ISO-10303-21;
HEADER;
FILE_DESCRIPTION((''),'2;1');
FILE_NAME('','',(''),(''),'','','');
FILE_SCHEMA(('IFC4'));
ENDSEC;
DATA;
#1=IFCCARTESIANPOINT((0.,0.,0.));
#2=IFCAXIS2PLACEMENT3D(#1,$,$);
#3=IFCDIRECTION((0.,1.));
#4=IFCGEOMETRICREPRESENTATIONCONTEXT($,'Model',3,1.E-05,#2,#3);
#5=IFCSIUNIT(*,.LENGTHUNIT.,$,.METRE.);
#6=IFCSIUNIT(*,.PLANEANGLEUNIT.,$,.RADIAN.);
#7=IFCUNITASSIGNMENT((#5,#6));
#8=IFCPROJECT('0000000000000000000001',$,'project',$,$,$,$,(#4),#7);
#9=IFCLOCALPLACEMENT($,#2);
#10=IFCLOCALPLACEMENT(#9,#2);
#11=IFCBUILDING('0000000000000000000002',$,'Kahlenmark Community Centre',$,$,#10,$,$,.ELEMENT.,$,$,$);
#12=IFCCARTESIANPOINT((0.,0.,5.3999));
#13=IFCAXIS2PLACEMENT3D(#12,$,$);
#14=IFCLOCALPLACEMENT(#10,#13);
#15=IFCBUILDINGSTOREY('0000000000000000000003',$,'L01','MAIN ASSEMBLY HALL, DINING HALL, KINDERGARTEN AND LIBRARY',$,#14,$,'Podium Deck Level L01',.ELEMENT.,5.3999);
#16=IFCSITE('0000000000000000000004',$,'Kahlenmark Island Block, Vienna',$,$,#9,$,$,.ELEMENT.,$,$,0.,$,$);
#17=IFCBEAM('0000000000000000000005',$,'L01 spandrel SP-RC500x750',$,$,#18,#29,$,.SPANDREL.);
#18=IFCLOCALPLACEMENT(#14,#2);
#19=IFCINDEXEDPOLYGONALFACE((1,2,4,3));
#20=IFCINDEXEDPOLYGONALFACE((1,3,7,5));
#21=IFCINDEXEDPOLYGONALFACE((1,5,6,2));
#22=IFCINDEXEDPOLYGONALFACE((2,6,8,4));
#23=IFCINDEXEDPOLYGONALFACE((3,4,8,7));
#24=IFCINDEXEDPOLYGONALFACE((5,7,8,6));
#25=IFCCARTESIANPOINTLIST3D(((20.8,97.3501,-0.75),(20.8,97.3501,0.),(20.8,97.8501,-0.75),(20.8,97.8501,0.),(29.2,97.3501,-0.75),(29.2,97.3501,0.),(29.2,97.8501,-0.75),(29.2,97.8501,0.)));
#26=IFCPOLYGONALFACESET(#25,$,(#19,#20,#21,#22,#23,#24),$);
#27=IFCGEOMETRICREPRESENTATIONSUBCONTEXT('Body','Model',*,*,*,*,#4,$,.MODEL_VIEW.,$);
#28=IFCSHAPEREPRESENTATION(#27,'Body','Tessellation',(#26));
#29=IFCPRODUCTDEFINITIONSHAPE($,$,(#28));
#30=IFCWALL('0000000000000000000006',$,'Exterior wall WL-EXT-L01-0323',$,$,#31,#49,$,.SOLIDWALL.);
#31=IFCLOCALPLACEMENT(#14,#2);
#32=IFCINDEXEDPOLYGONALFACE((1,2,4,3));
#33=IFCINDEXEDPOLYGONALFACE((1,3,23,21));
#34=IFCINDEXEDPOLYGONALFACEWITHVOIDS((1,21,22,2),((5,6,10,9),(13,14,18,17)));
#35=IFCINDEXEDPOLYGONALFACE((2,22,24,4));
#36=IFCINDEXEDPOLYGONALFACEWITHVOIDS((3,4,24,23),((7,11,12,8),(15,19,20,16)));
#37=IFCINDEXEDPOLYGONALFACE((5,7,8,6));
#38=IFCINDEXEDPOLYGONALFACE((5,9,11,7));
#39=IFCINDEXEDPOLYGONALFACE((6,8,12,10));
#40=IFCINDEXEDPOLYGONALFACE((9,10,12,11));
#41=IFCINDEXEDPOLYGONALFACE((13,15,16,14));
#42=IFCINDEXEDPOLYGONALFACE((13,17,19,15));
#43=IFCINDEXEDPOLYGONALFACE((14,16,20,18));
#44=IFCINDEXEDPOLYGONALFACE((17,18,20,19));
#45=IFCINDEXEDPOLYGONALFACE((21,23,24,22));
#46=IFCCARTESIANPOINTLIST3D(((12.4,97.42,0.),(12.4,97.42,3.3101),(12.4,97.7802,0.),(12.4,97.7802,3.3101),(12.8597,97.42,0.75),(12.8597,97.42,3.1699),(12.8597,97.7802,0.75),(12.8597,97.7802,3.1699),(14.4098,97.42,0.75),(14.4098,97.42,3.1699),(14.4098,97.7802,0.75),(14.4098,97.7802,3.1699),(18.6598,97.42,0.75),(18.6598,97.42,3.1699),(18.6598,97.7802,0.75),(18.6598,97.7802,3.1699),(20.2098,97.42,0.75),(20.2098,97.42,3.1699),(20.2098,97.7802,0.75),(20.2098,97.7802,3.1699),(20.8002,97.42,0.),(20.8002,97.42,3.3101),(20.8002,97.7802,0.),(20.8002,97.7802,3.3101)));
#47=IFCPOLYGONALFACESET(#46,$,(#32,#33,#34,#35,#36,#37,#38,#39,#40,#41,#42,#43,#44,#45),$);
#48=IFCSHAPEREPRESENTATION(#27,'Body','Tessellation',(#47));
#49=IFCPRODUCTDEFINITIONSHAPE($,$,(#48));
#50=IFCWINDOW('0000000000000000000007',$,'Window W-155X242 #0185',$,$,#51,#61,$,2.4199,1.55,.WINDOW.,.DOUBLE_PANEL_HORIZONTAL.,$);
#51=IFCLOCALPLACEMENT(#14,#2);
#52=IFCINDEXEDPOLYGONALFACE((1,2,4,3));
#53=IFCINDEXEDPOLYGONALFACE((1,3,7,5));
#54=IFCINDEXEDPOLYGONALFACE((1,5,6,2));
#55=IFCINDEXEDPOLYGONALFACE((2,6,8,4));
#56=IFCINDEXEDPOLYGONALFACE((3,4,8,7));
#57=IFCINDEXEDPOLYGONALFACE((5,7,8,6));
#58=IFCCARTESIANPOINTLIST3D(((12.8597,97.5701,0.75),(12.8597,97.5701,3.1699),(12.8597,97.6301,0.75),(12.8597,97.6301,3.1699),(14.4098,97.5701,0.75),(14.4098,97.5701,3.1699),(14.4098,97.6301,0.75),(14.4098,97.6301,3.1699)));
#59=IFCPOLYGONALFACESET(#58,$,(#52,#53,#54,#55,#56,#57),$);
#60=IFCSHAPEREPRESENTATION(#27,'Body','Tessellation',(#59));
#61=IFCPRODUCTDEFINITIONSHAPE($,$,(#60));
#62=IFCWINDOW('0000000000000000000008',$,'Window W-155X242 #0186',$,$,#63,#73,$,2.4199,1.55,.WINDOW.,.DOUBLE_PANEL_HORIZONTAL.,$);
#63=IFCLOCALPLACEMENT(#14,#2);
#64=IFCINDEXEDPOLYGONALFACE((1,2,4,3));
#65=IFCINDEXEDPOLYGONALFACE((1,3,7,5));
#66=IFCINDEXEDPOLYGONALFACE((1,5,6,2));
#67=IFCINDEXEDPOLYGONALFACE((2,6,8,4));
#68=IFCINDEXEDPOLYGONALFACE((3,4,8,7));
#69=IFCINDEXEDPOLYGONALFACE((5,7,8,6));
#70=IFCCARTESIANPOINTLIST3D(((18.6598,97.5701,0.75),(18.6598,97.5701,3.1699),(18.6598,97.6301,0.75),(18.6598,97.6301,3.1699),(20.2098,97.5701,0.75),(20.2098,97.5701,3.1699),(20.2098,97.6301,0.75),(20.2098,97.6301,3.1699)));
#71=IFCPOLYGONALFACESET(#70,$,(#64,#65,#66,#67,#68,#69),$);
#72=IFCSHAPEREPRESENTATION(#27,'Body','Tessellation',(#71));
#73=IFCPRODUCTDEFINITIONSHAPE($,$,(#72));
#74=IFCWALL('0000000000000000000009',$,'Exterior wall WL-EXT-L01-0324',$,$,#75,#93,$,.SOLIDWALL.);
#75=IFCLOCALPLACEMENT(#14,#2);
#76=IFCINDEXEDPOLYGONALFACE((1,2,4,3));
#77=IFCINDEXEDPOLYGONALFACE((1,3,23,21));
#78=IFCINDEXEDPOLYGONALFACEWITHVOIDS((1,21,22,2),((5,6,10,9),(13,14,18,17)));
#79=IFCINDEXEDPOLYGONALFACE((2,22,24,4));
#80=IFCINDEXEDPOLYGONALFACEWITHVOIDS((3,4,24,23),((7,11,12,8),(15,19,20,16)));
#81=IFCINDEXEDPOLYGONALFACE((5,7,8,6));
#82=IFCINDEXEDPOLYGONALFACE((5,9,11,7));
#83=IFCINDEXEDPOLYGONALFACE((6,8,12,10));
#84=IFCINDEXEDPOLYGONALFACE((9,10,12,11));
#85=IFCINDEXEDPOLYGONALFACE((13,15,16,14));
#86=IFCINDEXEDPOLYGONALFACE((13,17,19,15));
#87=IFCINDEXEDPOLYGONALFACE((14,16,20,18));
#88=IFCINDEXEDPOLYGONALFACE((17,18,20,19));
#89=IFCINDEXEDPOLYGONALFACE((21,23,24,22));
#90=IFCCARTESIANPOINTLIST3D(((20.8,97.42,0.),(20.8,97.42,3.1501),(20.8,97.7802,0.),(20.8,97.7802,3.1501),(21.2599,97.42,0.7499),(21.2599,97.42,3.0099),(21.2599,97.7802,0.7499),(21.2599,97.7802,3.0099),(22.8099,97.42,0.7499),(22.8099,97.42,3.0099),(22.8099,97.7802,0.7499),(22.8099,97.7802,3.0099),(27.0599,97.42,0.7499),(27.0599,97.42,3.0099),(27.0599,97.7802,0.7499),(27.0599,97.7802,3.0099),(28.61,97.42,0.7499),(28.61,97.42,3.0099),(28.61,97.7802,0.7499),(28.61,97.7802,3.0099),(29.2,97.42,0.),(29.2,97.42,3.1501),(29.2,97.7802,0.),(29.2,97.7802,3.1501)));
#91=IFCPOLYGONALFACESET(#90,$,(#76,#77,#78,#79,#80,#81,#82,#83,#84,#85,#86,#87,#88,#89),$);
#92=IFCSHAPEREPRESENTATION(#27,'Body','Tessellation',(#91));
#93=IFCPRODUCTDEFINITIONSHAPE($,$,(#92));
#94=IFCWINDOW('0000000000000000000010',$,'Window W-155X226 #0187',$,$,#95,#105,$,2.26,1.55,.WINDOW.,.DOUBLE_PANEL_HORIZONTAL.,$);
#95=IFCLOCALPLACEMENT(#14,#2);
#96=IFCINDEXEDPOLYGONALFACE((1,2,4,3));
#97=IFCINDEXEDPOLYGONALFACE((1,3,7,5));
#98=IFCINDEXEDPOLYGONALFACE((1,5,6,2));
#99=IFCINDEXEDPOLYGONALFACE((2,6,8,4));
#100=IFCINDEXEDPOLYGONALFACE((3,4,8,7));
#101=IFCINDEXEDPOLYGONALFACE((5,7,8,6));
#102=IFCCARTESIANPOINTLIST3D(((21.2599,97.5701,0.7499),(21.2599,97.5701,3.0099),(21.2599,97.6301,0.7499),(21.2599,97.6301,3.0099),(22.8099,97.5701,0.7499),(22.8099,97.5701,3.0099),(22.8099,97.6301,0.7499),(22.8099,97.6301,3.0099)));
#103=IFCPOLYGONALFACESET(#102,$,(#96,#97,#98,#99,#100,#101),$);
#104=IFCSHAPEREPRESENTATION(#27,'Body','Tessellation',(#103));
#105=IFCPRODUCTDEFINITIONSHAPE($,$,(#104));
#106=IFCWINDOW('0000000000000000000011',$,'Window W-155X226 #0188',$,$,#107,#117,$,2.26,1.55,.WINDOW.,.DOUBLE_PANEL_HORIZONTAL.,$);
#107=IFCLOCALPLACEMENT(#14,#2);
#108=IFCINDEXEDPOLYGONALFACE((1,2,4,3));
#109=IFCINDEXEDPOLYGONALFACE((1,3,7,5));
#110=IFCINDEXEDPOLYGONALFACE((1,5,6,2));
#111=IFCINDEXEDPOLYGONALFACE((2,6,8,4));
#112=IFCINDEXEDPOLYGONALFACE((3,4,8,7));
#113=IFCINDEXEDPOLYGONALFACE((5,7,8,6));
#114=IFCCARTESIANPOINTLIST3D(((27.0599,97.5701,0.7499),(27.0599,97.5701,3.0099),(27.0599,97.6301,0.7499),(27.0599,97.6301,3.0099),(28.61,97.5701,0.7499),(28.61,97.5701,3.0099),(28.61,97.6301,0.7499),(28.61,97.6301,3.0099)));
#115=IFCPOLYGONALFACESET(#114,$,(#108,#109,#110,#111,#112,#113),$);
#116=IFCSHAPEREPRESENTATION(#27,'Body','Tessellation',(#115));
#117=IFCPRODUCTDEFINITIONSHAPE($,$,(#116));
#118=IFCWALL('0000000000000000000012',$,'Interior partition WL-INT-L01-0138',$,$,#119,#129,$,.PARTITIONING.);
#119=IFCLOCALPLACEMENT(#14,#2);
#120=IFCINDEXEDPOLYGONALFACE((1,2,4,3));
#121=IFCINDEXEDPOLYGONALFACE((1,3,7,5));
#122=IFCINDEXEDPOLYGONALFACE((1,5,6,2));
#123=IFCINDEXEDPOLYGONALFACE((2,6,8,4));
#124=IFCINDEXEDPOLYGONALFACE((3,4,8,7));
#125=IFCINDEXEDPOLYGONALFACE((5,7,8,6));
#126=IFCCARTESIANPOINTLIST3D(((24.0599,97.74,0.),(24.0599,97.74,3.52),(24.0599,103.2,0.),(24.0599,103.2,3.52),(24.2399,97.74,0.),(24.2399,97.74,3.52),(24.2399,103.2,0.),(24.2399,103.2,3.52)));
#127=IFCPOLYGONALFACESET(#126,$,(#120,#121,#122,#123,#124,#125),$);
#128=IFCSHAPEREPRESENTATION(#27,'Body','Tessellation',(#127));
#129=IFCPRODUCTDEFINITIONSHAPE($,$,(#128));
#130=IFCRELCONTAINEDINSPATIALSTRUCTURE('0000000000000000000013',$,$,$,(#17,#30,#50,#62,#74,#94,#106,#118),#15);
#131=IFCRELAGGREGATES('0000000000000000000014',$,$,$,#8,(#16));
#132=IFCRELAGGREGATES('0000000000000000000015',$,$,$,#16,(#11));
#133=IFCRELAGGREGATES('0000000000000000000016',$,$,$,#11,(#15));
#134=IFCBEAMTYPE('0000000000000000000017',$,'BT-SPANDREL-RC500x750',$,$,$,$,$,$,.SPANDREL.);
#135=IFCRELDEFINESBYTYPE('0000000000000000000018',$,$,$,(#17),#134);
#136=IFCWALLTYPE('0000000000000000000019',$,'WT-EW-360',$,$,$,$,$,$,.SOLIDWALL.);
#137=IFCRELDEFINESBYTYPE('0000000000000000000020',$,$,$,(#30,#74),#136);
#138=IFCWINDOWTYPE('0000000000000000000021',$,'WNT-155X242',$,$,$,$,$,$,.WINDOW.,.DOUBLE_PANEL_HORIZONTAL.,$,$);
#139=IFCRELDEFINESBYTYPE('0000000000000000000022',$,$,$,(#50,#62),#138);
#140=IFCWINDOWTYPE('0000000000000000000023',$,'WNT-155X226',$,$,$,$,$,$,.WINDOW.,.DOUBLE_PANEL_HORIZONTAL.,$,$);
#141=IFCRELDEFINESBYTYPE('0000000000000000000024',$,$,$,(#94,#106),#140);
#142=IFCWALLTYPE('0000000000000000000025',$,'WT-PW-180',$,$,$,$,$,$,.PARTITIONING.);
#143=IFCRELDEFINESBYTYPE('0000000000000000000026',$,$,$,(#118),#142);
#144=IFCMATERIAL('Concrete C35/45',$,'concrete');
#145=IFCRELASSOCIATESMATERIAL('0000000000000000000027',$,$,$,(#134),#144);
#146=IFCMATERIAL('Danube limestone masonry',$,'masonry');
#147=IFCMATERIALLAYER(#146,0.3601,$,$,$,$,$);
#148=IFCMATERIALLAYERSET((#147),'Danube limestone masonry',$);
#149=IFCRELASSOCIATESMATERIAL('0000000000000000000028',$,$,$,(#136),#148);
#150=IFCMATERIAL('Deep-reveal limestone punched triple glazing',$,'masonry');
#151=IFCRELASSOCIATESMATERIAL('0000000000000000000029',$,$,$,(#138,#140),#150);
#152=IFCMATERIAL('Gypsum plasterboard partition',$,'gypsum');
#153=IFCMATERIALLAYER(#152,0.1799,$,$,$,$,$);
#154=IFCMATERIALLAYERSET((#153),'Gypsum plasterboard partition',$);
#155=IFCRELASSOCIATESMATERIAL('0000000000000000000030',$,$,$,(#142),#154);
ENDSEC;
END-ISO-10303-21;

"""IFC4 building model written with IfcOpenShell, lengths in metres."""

from ifc_helpers import new_model, si_unit, direction, frame, frame_2d, origin, origin_2d, place, context, subcontext, project, spatial, rectangle, extrude, material, layer, layer_set, material_profile, profile_set, type_object, element, fill, save


model = new_model("IFC4")

# Units and contexts
model_context = context("Model", 3, precision=1e-05, world=origin(), true_north=direction((0.0, 1.0)))
body_context = subcontext(model_context, "Body", "Model", "MODEL_VIEW")
ifc_project = project(units=[si_unit("LENGTHUNIT", "METRE"), si_unit("PLANEANGLEUNIT", "RADIAN")], contexts=[model_context])

# Site, building, storey
site_placement = place(None, origin())
site = spatial("IfcSite", under=ifc_project, at=site_placement, Name="Kahlenmark Island Block, Vienna", CompositionType="ELEMENT", RefElevation=0.0)
building_placement = place(site_placement, origin())
building = spatial("IfcBuilding", under=site, at=building_placement, Name="Kahlenmark Community Centre", CompositionType="ELEMENT")
storey_placement = place(building_placement, frame((0.0, 0.0, 5.3999)))
storey = spatial("IfcBuildingStorey", under=building, at=storey_placement, Name="L01", Description="MAIN ASSEMBLY HALL, DINING HALL, KINDERGARTEN AND LIBRARY", LongName="Podium Deck Level L01", CompositionType="ELEMENT", Elevation=5.3999)

# Beam
ifc_material_1 = material(Name="Concrete C35/45", Category="concrete")
ifc_material_profile_1 = material_profile(ifc_material_1, rectangle(XDim=0.5, YDim=0.75, at=origin_2d()), Name="RC 500x750")
ifc_profile_set_1 = profile_set([ifc_material_profile_1], Name="Concrete C35/45")
beam_type_1 = type_object("IfcBeamType", Name="BT-SPANDREL-RC500x750", PredefinedType="SPANDREL", material=ifc_profile_set_1)
beam_1_placement = place(storey_placement, frame((20.8, 97.6001, -0.375), z_axis=(1.0, 0.0, 0.0), x_axis=(0.0, 1.0, 0.0)))
element("IfcBeam", 1, at=beam_1_placement, inside=storey, type_object=beam_type_1, Name="L01 spandrel SP-RC500x750", PredefinedType="SPANDREL", context=body_context, shape_type="SweptSolid", body=[
    extrude(rectangle(XDim=0.5, YDim=0.75, at=origin_2d()), origin(), (0.0, 0.0, 1.0), 8.3999),
])

# Walls, openings, windows
ifc_material_2 = material(Name="Danube limestone masonry", Category="masonry")
ifc_layer_1 = layer(ifc_material_2, 0.3601)
ifc_layer_set_1 = layer_set([ifc_layer_1], Name="Danube limestone masonry")
wall_type_1 = type_object("IfcWallType", Name="WT-EW-360", PredefinedType="SOLIDWALL", material=ifc_layer_set_1)
wall_1_placement = place(storey_placement, frame((12.3999, 97.6001, 0.0), z_axis=(0.0, 0.0, 1.0), x_axis=(1.0, 0.0, 0.0)))
wall_1 = element("IfcWall", 2, at=wall_1_placement, inside=storey, type_object=wall_type_1, Name="Exterior wall WL-EXT-L01-0323", PredefinedType="SOLIDWALL", context=body_context, shape_type="SweptSolid", body=[
    extrude(rectangle(XDim=8.4001, YDim=0.3601, at=frame_2d((4.2002, 0.0))), origin(), (0.0, 0.0, 1.0), 3.3101),
])
opening_1_placement = place(wall_1_placement, frame((0.46, 0.0, 0.75)))
opening_1 = element("IfcOpeningElement", 3, at=opening_1_placement, cuts=wall_1, PredefinedType="OPENING", context=body_context, shape_type="SweptSolid", body=[
    extrude(rectangle(XDim=1.55, YDim=2.4199, at=frame_2d((0.7749, 1.21))), frame((0.0, 0.1899, 0.0), z_axis=(0.0, -1.0, 0.0), x_axis=(1.0, 0.0, 0.0)), (0.0, 0.0, 1.0), 0.3801),
])
opening_2_placement = place(wall_1_placement, frame((6.26, 0.0, 0.75)))
opening_2 = element("IfcOpeningElement", 4, at=opening_2_placement, cuts=wall_1, PredefinedType="OPENING", context=body_context, shape_type="SweptSolid", body=[
    extrude(rectangle(XDim=1.55, YDim=2.4199, at=frame_2d((0.7749, 1.21))), frame((0.0, 0.1899, 0.0), z_axis=(0.0, -1.0, 0.0), x_axis=(1.0, 0.0, 0.0)), (0.0, 0.0, 1.0), 0.3801),
])
ifc_material_3 = material(Name="Deep-reveal limestone punched triple glazing", Category="masonry")
window_type_1 = type_object("IfcWindowType", Name="WNT-155X242", PartitioningType="DOUBLE_PANEL_HORIZONTAL", PredefinedType="WINDOW", material=ifc_material_3)
window_1_placement = place(opening_1_placement, origin())
window_1 = element("IfcWindow", 5, at=window_1_placement, inside=storey, type_object=window_type_1, Name="Window W-155X242 #0185", OverallHeight=2.4199, OverallWidth=1.55, PartitioningType="DOUBLE_PANEL_HORIZONTAL", PredefinedType="WINDOW", context=body_context, shape_type="SweptSolid", body=[
    extrude(rectangle(XDim=1.55, YDim=2.4199, at=frame_2d((0.7749, 1.21))), frame((0.0, 0.03, 0.0), z_axis=(0.0, -1.0, 0.0), x_axis=(1.0, 0.0, 0.0)), (0.0, 0.0, 1.0), 0.0601),
])
fill(opening_1, window_1)
window_2_placement = place(opening_2_placement, origin())
window_2 = element("IfcWindow", 6, at=window_2_placement, inside=storey, type_object=window_type_1, Name="Window W-155X242 #0186", OverallHeight=2.4199, OverallWidth=1.55, PartitioningType="DOUBLE_PANEL_HORIZONTAL", PredefinedType="WINDOW", context=body_context, shape_type="SweptSolid", body=[
    extrude(rectangle(XDim=1.55, YDim=2.4199, at=frame_2d((0.7749, 1.21))), frame((0.0, 0.03, 0.0), z_axis=(0.0, -1.0, 0.0), x_axis=(1.0, 0.0, 0.0)), (0.0, 0.0, 1.0), 0.0601),
])
fill(opening_2, window_2)
wall_2_placement = place(storey_placement, frame((20.8, 97.6001, 0.0), z_axis=(0.0, 0.0, 1.0), x_axis=(1.0, 0.0, 0.0)))
wall_2 = element("IfcWall", 7, at=wall_2_placement, inside=storey, type_object=wall_type_1, Name="Exterior wall WL-EXT-L01-0324", PredefinedType="SOLIDWALL", context=body_context, shape_type="SweptSolid", body=[
    extrude(rectangle(XDim=8.3999, YDim=0.3601, at=frame_2d((4.2, 0.0))), origin(), (0.0, 0.0, 1.0), 3.1501),
])
opening_3_placement = place(wall_2_placement, frame((0.46, 0.0, 0.75)))
opening_3 = element("IfcOpeningElement", 8, at=opening_3_placement, cuts=wall_2, PredefinedType="OPENING", context=body_context, shape_type="SweptSolid", body=[
    extrude(rectangle(XDim=1.55, YDim=2.26, at=frame_2d((0.7749, 1.1299))), frame((0.0, 0.1899, 0.0), z_axis=(0.0, -1.0, 0.0), x_axis=(1.0, 0.0, 0.0)), (0.0, 0.0, 1.0), 0.3801),
])
opening_4_placement = place(wall_2_placement, frame((6.26, 0.0, 0.75)))
opening_4 = element("IfcOpeningElement", 9, at=opening_4_placement, cuts=wall_2, PredefinedType="OPENING", context=body_context, shape_type="SweptSolid", body=[
    extrude(rectangle(XDim=1.55, YDim=2.26, at=frame_2d((0.7749, 1.1299))), frame((0.0, 0.1899, 0.0), z_axis=(0.0, -1.0, 0.0), x_axis=(1.0, 0.0, 0.0)), (0.0, 0.0, 1.0), 0.3801),
])
window_type_2 = type_object("IfcWindowType", Name="WNT-155X226", PartitioningType="DOUBLE_PANEL_HORIZONTAL", PredefinedType="WINDOW", material=ifc_material_3)
window_3_placement = place(opening_3_placement, origin())
window_3 = element("IfcWindow", 10, at=window_3_placement, inside=storey, type_object=window_type_2, Name="Window W-155X226 #0187", OverallHeight=2.26, OverallWidth=1.55, PartitioningType="DOUBLE_PANEL_HORIZONTAL", PredefinedType="WINDOW", context=body_context, shape_type="SweptSolid", body=[
    extrude(rectangle(XDim=1.55, YDim=2.26, at=frame_2d((0.7749, 1.1299))), frame((0.0, 0.03, 0.0), z_axis=(0.0, -1.0, 0.0), x_axis=(1.0, 0.0, 0.0)), (0.0, 0.0, 1.0), 0.0601),
])
fill(opening_3, window_3)
window_4_placement = place(opening_4_placement, origin())
window_4 = element("IfcWindow", 11, at=window_4_placement, inside=storey, type_object=window_type_2, Name="Window W-155X226 #0188", OverallHeight=2.26, OverallWidth=1.55, PartitioningType="DOUBLE_PANEL_HORIZONTAL", PredefinedType="WINDOW", context=body_context, shape_type="SweptSolid", body=[
    extrude(rectangle(XDim=1.55, YDim=2.26, at=frame_2d((0.7749, 1.1299))), frame((0.0, 0.03, 0.0), z_axis=(0.0, -1.0, 0.0), x_axis=(1.0, 0.0, 0.0)), (0.0, 0.0, 1.0), 0.0601),
])
fill(opening_4, window_4)

# Shared definitions
ifc_material_4 = material(Name="Gypsum plasterboard partition", Category="gypsum")
ifc_layer_2 = layer(ifc_material_4, 0.1799)
ifc_layer_set_2 = layer_set([ifc_layer_2], Name="Gypsum plasterboard partition")
wall_type_2 = type_object("IfcWallType", Name="WT-PW-180", PredefinedType="PARTITIONING", material=ifc_layer_set_2)

# Wall
wall_3_placement = place(storey_placement, frame((24.1499, 97.74, 0.0), z_axis=(0.0, 0.0, 1.0), x_axis=(0.0, 1.0, 0.0)))
element("IfcWall", 12, at=wall_3_placement, inside=storey, type_object=wall_type_2, Name="Interior partition WL-INT-L01-0138", PredefinedType="PARTITIONING", context=body_context, shape_type="SweptSolid", body=[
    extrude(rectangle(XDim=5.46, YDim=0.1799, at=frame_2d((2.73, 0.0))), origin(), (0.0, 0.0, 1.0), 3.52),
])

save(model, "model.ifc")
